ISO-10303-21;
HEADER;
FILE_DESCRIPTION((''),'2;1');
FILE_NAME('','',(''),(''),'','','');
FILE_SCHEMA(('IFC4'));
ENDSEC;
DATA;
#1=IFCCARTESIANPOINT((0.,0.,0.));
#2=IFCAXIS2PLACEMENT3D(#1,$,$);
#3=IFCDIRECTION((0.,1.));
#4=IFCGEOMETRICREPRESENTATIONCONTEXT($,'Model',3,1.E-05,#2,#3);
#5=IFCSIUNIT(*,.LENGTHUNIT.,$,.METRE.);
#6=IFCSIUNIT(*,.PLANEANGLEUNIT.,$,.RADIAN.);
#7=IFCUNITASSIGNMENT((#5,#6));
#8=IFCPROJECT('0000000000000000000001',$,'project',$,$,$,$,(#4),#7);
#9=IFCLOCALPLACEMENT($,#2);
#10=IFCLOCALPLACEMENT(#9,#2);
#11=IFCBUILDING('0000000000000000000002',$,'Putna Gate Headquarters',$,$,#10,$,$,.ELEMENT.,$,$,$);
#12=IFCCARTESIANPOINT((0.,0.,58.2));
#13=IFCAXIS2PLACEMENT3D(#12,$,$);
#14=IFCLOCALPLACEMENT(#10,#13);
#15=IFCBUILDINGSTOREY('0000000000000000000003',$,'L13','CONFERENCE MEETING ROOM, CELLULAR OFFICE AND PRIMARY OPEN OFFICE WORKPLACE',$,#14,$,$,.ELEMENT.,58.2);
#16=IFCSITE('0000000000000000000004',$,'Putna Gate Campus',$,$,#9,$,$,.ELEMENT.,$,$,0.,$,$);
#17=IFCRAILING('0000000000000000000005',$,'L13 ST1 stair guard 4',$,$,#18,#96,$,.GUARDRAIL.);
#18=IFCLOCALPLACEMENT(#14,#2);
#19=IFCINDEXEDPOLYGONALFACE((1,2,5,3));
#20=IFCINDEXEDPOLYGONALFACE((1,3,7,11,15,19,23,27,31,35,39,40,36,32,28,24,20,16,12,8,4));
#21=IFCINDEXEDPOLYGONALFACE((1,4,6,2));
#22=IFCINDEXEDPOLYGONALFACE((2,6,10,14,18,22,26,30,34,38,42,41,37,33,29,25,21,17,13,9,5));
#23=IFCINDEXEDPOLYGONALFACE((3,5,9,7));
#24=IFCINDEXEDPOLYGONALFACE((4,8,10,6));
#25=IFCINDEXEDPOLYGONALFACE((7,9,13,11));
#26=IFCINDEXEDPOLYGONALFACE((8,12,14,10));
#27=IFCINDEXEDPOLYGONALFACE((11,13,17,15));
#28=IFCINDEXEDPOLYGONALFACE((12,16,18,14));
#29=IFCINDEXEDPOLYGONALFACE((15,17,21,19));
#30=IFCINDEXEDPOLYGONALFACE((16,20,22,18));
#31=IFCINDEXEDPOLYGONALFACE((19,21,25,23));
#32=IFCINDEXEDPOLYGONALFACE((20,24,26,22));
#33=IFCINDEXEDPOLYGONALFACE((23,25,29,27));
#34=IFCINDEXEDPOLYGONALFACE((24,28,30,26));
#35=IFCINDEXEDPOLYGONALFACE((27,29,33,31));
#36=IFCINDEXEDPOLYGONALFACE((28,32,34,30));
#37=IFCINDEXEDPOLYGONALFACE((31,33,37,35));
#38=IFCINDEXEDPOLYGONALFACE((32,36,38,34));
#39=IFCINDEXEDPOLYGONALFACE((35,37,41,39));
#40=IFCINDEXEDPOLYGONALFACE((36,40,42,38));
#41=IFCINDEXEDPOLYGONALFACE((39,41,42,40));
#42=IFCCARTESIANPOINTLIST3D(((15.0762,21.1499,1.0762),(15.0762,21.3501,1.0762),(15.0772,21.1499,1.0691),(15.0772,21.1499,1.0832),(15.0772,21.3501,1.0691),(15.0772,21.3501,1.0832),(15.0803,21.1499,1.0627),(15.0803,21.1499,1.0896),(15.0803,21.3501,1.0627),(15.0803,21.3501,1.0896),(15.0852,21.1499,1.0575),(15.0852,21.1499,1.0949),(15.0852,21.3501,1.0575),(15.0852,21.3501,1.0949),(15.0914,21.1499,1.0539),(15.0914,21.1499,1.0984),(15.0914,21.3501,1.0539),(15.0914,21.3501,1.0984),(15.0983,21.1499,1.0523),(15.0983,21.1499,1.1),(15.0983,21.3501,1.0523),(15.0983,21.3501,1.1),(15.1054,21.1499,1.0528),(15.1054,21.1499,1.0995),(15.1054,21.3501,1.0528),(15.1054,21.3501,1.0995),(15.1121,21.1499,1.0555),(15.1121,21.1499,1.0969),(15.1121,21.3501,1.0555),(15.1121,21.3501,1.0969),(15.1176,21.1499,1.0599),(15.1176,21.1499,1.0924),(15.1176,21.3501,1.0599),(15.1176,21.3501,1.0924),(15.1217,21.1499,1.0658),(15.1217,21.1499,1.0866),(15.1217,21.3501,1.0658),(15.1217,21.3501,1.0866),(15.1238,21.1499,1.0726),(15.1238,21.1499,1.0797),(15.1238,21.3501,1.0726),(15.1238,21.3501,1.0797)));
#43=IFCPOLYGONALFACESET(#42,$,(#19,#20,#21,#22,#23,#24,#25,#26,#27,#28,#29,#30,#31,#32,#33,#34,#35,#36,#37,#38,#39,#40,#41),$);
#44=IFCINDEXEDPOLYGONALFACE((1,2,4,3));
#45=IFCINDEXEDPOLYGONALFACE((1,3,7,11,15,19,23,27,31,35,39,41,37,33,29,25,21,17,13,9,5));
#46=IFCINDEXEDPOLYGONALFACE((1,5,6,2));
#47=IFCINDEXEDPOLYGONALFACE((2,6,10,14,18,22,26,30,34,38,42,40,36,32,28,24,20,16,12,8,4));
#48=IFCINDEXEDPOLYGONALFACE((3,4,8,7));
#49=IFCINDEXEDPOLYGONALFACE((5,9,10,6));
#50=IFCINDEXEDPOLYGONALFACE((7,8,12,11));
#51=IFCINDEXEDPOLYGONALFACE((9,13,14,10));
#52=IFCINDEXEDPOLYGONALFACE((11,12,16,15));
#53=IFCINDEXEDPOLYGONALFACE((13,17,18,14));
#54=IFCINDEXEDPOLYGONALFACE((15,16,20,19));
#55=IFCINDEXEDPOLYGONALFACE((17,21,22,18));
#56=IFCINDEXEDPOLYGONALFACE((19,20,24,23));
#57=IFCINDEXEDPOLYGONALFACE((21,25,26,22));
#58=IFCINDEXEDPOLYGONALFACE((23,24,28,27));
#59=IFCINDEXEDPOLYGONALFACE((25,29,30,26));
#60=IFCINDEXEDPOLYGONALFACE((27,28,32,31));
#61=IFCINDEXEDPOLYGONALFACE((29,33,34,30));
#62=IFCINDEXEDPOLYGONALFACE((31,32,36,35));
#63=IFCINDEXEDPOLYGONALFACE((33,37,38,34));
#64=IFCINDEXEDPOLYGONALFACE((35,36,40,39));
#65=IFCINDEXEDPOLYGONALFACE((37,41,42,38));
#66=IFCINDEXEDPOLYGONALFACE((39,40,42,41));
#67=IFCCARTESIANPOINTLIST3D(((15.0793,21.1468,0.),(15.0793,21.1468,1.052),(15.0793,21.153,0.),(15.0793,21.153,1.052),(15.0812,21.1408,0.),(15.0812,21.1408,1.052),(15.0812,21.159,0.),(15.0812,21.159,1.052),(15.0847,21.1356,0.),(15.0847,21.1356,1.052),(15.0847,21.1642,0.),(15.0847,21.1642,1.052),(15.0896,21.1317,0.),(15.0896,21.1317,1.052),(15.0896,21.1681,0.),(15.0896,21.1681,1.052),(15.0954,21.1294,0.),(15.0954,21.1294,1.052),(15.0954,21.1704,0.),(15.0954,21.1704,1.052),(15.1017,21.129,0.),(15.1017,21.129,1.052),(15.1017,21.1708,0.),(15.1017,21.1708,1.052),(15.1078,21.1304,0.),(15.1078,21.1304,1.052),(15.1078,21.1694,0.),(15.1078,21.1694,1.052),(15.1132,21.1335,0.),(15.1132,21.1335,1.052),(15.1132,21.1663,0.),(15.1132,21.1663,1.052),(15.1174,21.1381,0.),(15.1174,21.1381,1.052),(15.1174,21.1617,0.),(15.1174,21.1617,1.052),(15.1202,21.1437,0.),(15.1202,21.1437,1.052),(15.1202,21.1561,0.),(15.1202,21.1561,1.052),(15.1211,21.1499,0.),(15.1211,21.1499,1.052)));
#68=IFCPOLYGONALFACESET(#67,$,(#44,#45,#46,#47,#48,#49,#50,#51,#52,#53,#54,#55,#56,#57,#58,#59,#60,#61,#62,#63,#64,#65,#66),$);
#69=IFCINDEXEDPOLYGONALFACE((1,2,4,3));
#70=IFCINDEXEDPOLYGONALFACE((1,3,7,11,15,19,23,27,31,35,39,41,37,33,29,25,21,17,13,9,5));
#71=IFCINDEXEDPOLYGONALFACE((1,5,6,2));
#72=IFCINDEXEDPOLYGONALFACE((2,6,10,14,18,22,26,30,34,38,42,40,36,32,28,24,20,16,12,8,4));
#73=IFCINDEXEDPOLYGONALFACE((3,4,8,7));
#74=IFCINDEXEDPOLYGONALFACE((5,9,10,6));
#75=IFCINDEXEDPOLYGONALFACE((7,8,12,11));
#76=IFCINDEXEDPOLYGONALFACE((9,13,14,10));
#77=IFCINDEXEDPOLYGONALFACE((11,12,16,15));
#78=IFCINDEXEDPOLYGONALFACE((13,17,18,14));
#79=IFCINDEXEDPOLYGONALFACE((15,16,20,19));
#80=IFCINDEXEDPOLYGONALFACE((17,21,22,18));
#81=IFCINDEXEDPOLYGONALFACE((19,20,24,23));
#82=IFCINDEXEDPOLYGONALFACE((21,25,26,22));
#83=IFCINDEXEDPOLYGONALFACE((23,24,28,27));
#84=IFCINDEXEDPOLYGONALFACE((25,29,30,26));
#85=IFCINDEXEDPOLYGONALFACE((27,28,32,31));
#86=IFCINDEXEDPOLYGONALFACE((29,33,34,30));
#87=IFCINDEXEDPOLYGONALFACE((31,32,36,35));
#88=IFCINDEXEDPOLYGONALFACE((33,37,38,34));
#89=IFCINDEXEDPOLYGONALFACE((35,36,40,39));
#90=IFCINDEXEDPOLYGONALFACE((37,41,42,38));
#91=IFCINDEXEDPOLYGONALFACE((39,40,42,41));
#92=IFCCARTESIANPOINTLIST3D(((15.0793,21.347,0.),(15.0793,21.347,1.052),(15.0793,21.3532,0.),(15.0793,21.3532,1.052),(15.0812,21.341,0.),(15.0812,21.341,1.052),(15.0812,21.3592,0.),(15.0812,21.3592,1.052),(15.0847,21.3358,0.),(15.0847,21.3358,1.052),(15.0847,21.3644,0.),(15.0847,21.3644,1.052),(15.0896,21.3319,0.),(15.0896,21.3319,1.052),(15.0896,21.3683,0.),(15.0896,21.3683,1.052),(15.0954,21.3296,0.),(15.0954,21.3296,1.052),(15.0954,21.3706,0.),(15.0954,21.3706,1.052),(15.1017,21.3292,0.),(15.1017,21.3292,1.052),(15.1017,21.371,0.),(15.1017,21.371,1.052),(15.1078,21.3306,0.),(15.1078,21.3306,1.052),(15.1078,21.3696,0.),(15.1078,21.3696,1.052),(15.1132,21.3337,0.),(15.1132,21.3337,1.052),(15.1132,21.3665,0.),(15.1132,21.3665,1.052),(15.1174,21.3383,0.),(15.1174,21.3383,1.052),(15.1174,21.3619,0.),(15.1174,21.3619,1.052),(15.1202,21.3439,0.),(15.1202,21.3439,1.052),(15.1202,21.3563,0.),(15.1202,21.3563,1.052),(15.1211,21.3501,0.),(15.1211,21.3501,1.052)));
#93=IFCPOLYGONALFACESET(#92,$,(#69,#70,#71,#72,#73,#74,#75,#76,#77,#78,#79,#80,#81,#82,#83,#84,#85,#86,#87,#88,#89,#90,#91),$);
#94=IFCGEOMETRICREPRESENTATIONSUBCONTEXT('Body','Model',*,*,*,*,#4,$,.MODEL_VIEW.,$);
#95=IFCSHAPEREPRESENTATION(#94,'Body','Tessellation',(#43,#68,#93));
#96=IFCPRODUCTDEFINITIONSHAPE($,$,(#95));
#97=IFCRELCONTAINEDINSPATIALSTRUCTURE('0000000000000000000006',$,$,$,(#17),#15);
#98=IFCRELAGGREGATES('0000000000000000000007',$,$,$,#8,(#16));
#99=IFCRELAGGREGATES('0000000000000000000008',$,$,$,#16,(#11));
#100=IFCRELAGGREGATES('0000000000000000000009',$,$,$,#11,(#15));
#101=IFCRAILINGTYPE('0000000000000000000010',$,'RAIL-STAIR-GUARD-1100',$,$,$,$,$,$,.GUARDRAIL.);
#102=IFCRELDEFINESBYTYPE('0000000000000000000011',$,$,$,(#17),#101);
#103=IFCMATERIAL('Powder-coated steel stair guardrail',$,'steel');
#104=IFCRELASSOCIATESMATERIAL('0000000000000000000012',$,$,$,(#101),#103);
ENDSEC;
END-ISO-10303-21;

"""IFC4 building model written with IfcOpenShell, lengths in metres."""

from ifc_helpers import new_model, si_unit, direction, frame, origin, origin_2d, place, context, subcontext, project, spatial, circle, extrude, material, type_object, element, save


model = new_model("IFC4")

# Units and contexts
model_context = context("Model", 3, precision=1e-05, world=origin(), true_north=direction((0.0, 1.0)))
body_context = subcontext(model_context, "Body", "Model", "MODEL_VIEW")
ifc_project = project(units=[si_unit("LENGTHUNIT", "METRE"), si_unit("PLANEANGLEUNIT", "RADIAN")], contexts=[model_context])

# Site, building, storey
site_placement = place(None, origin())
site = spatial("IfcSite", under=ifc_project, at=site_placement, Name="Putna Gate Campus", CompositionType="ELEMENT", RefElevation=0.0)
building_placement = place(site_placement, origin())
building = spatial("IfcBuilding", under=site, at=building_placement, Name="Putna Gate Headquarters", CompositionType="ELEMENT")
storey_placement = place(building_placement, frame((0.0, 0.0, 58.2)))
storey = spatial("IfcBuildingStorey", under=building, at=storey_placement, Name="L13", Description="CONFERENCE MEETING ROOM, CELLULAR OFFICE AND PRIMARY OPEN OFFICE WORKPLACE", CompositionType="ELEMENT", Elevation=58.2)

# Railing
ifc_material_1 = material(Name="Powder-coated steel stair guardrail", Category="steel")
railing_type_1 = type_object("IfcRailingType", Name="RAIL-STAIR-GUARD-1100", PredefinedType="GUARDRAIL", material=ifc_material_1)
railing_1_placement = place(storey_placement, frame((15.1001, 21.1499, 0.0)))
element("IfcRailing", 1, at=railing_1_placement, inside=storey, type_object=railing_type_1, Name="L13 ST1 stair guard 4", PredefinedType="GUARDRAIL", context=body_context, shape_type="SweptSolid", body=[
    extrude(circle(Radius=0.0239, at=origin_2d()), frame((0.0, 0.0, 1.0762), z_axis=(0.0, 1.0, 0.0), x_axis=(-1.0, 0.0, 0.0)), (0.0, 0.0, 1.0), 0.2002),
    extrude(circle(Radius=0.021, at=origin_2d()), origin(), (0.0, 0.0, 1.0), 1.052),
    extrude(circle(Radius=0.021, at=origin_2d()), frame((0.0, 0.2002, 0.0)), (0.0, 0.0, 1.0), 1.052),
])

save(model, "model.ifc")
